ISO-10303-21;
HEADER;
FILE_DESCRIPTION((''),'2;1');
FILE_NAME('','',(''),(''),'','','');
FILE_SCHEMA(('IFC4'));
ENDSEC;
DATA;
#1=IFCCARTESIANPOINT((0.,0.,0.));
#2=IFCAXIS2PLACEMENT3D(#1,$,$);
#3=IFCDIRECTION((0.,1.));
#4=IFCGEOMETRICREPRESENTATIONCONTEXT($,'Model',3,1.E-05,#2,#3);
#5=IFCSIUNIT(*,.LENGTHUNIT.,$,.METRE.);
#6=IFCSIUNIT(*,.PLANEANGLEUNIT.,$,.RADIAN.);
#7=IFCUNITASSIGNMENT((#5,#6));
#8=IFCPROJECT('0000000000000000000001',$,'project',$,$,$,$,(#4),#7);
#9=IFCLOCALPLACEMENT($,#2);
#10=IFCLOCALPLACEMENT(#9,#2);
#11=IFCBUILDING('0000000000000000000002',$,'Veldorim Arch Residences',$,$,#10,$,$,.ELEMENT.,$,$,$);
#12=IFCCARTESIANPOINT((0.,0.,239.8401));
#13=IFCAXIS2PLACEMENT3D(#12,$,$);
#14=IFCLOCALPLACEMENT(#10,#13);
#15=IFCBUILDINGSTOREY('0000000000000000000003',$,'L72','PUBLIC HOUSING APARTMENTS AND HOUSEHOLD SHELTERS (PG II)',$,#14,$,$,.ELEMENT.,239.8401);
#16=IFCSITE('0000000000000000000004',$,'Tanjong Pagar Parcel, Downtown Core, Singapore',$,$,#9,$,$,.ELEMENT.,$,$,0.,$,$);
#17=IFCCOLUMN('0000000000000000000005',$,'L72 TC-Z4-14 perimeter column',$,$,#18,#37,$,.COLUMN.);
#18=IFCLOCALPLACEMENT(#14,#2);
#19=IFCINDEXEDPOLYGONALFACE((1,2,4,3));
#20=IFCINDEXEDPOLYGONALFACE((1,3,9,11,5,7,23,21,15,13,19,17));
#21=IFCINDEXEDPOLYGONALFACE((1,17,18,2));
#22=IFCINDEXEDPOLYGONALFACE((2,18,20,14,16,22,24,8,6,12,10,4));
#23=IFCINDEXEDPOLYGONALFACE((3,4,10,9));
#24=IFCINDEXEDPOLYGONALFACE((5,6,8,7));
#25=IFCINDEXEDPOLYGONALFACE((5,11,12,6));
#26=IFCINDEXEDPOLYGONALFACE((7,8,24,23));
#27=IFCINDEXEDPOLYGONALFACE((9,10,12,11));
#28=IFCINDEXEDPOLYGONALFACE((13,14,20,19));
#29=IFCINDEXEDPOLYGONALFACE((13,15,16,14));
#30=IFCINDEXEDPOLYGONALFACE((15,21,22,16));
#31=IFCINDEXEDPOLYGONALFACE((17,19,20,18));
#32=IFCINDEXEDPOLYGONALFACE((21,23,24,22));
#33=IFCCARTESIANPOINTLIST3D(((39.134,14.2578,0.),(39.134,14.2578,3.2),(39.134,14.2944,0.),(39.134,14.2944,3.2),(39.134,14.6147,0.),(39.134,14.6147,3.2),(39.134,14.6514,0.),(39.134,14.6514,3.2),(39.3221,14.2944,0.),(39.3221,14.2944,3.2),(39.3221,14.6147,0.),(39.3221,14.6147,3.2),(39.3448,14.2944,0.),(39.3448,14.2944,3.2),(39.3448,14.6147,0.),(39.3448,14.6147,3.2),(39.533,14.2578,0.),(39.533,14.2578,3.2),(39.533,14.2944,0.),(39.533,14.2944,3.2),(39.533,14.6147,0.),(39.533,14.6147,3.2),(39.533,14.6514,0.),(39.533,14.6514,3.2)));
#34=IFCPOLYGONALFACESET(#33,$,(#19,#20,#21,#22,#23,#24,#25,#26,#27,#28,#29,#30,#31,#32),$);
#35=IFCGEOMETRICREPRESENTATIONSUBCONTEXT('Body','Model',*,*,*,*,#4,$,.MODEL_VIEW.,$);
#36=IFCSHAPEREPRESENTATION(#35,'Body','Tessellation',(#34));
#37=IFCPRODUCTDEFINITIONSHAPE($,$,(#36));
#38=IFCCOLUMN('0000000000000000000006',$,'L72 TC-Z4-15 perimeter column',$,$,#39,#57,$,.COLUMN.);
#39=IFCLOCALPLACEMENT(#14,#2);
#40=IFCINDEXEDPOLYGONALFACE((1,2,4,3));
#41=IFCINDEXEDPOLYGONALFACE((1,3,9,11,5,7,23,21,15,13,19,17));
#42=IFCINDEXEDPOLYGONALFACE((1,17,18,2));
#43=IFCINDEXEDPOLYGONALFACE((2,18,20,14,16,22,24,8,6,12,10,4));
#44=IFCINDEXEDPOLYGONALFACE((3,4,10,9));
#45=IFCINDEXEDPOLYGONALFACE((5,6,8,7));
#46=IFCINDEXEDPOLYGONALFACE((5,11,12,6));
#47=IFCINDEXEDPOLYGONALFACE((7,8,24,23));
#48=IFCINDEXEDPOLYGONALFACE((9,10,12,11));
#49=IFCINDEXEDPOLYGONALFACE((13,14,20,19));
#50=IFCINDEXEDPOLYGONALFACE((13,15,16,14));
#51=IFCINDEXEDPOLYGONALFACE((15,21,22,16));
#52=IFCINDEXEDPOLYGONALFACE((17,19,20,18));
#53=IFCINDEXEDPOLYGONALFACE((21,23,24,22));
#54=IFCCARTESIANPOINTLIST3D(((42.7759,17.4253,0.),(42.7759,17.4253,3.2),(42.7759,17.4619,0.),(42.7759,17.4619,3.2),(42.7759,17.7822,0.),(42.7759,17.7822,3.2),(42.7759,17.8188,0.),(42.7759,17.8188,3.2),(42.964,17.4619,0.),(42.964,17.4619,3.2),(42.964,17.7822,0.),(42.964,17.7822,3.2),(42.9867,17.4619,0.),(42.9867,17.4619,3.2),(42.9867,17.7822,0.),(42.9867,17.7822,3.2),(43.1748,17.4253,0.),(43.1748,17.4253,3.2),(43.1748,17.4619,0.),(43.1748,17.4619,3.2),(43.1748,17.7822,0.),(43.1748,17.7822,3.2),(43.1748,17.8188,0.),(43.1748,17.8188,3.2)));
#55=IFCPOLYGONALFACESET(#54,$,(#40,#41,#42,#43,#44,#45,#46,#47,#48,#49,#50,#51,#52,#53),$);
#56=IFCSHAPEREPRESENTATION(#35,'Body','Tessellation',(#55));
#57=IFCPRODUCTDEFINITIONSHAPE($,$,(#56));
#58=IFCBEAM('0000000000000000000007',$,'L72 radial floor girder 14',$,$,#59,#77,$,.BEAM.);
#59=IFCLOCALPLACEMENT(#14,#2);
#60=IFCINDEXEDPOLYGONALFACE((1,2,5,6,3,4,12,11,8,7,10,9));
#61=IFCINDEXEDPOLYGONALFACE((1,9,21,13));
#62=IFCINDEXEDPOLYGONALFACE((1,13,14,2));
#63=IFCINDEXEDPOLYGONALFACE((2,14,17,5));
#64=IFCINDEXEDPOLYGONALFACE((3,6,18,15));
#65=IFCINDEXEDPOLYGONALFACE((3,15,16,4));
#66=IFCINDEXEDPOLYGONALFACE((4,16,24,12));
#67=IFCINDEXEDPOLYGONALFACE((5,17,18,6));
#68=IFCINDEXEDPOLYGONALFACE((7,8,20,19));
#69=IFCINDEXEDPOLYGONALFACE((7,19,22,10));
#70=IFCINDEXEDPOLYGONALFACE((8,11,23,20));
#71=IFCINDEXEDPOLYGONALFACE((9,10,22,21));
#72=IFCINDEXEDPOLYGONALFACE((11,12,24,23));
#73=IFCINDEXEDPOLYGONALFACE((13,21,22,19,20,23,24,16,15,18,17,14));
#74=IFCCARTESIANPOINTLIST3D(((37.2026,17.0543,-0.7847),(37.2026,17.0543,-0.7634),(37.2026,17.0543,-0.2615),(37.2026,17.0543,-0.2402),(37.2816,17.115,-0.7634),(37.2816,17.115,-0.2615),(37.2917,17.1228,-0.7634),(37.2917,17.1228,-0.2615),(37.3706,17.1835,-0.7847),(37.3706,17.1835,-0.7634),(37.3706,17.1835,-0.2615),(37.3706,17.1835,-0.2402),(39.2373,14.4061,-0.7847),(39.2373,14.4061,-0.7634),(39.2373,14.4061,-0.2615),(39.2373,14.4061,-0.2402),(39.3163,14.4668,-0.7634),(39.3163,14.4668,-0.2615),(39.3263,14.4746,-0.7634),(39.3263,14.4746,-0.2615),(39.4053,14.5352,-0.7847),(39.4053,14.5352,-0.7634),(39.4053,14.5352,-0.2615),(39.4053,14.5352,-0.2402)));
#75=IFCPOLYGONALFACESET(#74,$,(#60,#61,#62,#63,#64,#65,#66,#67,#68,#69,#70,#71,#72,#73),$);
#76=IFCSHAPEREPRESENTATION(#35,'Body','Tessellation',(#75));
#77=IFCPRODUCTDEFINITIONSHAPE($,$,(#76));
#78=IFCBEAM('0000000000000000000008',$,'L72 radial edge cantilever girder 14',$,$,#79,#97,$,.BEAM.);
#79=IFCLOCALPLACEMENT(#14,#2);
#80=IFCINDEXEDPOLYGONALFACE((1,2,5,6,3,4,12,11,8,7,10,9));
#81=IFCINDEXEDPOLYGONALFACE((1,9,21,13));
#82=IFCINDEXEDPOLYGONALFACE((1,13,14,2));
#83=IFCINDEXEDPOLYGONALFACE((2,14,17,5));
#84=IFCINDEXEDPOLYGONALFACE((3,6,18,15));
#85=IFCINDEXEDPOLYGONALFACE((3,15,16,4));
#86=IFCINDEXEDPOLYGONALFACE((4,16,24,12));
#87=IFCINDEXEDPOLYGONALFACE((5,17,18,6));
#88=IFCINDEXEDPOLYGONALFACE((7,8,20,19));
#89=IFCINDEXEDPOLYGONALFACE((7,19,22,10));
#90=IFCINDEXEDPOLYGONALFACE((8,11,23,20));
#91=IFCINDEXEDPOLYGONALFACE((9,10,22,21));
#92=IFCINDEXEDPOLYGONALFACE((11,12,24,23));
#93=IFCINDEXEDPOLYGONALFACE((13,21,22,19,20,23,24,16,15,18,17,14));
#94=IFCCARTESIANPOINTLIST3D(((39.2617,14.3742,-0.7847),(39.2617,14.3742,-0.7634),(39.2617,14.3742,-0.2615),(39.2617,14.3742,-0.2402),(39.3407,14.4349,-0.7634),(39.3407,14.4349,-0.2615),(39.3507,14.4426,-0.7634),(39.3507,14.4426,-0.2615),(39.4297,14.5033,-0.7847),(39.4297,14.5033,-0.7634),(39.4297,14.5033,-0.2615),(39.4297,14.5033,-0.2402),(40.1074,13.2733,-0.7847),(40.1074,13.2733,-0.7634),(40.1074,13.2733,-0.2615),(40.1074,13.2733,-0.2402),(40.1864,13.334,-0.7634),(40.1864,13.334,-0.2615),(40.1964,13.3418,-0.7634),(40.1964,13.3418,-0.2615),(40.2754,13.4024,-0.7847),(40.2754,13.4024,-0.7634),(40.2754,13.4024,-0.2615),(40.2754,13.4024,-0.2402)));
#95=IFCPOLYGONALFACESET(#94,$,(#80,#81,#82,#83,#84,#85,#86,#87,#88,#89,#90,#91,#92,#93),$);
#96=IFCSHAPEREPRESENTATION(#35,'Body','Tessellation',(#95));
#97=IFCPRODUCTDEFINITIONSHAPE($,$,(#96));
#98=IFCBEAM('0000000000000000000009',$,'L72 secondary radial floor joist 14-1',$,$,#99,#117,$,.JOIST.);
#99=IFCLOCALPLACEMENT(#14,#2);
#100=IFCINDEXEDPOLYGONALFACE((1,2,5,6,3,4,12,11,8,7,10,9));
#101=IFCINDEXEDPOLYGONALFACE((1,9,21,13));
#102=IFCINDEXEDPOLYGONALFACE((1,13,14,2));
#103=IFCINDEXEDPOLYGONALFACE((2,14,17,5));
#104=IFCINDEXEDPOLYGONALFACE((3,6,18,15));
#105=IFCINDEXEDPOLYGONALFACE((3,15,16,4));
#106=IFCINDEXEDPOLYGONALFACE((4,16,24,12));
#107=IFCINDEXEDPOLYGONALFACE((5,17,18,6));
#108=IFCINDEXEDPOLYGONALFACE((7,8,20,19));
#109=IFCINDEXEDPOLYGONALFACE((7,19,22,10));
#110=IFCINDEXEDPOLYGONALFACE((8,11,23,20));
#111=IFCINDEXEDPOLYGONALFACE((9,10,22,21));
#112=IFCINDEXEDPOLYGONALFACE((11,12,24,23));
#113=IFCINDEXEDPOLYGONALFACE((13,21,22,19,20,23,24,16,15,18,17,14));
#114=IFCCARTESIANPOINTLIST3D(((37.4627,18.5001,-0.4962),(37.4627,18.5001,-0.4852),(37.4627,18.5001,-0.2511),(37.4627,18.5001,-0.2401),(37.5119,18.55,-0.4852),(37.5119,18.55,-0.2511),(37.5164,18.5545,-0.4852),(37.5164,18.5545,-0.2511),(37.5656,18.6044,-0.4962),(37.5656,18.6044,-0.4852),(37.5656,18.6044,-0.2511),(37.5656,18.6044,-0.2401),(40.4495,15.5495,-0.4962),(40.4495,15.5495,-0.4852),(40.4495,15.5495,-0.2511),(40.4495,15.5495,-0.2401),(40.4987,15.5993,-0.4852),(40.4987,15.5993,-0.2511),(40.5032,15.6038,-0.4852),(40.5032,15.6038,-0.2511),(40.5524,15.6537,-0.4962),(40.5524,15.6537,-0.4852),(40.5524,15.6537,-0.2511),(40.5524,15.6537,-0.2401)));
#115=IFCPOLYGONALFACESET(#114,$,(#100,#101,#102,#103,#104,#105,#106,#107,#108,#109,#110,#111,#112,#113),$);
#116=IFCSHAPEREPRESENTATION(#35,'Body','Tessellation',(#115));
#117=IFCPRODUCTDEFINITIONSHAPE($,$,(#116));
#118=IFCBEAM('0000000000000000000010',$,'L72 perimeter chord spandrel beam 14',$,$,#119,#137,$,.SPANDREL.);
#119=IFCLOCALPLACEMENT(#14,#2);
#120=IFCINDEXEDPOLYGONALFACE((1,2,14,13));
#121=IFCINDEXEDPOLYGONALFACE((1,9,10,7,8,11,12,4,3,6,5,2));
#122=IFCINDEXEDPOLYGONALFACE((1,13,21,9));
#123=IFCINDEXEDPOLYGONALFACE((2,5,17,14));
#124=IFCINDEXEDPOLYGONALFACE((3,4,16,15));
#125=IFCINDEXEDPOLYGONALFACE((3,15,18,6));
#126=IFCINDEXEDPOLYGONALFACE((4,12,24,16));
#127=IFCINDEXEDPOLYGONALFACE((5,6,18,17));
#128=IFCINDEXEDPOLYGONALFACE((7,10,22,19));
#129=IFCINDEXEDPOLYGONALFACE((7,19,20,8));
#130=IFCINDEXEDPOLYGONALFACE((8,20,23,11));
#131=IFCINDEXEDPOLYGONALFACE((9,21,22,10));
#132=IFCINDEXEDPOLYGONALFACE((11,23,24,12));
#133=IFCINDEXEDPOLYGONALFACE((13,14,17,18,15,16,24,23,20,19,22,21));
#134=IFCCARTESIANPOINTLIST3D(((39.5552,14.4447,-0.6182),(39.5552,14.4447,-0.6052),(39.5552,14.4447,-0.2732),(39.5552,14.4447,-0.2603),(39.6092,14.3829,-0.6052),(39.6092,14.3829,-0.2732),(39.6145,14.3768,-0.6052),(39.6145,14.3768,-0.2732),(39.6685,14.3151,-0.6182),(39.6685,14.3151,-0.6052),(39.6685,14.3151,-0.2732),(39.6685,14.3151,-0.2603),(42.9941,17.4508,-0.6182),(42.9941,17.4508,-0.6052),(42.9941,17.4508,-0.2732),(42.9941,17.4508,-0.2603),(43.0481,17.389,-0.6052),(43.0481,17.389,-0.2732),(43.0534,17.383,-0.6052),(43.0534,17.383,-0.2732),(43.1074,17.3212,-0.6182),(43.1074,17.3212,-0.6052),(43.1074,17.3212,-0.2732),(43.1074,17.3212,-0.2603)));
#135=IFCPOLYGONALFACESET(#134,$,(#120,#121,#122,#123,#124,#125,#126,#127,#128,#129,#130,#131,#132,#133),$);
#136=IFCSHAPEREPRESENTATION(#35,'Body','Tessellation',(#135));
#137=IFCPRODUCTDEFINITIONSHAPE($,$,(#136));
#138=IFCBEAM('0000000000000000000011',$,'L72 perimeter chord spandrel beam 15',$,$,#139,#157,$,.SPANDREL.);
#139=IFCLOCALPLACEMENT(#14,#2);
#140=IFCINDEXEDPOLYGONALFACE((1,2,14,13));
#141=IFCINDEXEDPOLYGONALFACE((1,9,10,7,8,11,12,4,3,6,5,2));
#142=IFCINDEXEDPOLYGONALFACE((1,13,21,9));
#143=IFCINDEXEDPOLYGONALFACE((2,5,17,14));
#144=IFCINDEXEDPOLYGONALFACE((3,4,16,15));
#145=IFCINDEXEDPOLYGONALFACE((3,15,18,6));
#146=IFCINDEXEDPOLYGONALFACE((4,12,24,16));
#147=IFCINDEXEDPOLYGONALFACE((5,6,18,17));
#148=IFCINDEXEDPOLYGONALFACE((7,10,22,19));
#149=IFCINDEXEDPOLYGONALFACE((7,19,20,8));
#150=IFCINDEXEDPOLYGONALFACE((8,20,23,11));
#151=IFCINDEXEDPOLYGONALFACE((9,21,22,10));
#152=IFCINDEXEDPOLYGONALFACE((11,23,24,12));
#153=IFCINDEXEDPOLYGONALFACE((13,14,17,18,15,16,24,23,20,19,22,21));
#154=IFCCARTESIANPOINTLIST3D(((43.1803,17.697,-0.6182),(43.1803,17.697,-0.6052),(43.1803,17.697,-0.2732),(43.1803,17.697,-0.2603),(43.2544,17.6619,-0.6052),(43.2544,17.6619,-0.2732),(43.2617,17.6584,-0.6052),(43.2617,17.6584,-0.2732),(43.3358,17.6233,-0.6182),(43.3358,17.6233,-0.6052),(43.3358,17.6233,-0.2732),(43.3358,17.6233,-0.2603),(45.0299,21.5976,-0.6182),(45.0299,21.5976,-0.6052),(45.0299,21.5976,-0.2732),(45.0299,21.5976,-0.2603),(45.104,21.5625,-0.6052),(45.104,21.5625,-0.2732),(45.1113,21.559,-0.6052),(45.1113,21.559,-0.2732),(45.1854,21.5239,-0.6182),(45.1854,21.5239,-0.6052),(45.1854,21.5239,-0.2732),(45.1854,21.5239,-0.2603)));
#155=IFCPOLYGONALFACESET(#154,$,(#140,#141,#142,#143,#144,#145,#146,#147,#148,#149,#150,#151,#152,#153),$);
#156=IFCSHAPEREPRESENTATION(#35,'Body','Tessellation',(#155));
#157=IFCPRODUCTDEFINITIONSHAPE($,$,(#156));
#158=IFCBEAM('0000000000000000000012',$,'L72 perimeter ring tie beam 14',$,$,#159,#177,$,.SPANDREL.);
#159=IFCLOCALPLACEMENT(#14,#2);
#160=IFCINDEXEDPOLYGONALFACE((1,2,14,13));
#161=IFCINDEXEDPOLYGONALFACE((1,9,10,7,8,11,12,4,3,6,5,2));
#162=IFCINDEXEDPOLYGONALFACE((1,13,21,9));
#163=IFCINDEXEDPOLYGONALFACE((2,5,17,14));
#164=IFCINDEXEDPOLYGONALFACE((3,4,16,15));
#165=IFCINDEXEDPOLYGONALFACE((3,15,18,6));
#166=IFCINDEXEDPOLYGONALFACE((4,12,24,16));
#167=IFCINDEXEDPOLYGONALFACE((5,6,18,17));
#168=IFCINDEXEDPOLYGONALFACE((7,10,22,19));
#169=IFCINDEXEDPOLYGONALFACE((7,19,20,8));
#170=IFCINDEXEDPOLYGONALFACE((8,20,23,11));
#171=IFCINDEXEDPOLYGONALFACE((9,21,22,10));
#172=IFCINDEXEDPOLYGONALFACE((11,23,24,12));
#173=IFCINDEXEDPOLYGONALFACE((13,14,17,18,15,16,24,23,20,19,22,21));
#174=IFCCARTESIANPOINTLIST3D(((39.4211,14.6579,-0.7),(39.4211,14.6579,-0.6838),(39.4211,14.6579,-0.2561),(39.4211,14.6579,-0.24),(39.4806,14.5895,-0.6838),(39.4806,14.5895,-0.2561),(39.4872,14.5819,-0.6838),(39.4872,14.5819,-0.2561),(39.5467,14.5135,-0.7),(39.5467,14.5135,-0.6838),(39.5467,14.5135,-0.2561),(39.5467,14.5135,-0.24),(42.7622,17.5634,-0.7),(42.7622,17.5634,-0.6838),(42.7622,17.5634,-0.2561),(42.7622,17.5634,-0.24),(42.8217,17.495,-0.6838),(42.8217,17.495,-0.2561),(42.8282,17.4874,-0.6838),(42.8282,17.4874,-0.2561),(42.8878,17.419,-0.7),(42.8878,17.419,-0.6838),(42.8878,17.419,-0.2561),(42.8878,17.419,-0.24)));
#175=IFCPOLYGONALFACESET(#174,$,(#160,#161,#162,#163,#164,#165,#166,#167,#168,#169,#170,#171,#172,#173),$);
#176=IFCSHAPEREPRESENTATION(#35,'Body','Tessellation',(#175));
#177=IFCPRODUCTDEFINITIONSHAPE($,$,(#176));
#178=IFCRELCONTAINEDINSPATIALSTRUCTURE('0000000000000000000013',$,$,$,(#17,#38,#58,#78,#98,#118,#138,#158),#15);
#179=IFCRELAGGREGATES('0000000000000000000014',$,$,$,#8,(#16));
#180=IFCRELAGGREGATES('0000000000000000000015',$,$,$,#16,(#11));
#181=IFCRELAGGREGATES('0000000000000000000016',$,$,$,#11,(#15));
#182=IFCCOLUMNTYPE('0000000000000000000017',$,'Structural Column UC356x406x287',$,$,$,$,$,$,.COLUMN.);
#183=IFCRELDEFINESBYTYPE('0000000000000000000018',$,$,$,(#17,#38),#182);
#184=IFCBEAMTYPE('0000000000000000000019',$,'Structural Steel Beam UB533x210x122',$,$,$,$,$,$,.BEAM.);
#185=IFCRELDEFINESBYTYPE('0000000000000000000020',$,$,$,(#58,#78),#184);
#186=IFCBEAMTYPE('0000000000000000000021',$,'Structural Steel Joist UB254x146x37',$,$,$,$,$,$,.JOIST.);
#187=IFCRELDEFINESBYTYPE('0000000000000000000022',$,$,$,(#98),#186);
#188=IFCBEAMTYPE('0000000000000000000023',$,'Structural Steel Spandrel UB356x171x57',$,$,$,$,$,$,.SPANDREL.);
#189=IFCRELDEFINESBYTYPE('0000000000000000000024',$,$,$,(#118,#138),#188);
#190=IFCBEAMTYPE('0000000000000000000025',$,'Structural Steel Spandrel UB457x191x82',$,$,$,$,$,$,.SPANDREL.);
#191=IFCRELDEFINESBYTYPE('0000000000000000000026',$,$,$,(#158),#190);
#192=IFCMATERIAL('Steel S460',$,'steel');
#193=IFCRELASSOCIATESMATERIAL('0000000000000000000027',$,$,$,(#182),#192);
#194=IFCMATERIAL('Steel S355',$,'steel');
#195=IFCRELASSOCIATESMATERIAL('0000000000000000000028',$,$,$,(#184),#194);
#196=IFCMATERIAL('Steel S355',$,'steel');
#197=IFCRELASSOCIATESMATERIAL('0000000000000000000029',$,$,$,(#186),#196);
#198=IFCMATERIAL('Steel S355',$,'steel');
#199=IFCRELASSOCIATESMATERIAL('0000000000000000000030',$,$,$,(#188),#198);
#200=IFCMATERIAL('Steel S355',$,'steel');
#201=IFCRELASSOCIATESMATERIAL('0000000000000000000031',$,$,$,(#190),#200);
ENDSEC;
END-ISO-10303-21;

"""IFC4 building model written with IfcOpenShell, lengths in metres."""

from ifc_helpers import new_model, si_unit, direction, frame, origin, origin_2d, place, context, subcontext, project, spatial, i_section, extrude, material, material_profile, profile_set, type_object, element, save


model = new_model("IFC4")

# Units and contexts
model_context = context("Model", 3, precision=1e-05, world=origin(), true_north=direction((0.0, 1.0)))
body_context = subcontext(model_context, "Body", "Model", "MODEL_VIEW")
ifc_project = project(units=[si_unit("LENGTHUNIT", "METRE"), si_unit("PLANEANGLEUNIT", "RADIAN")], contexts=[model_context])

# Site, building, storey
site_placement = place(None, origin())
site = spatial("IfcSite", under=ifc_project, at=site_placement, Name="Tanjong Pagar Parcel, Downtown Core, Singapore", CompositionType="ELEMENT", RefElevation=0.0)
building_placement = place(site_placement, origin())
building = spatial("IfcBuilding", under=site, at=building_placement, Name="Veldorim Arch Residences", CompositionType="ELEMENT")
storey_placement = place(building_placement, frame((0.0, 0.0, 239.8401)))
storey = spatial("IfcBuildingStorey", under=building, at=storey_placement, Name="L72", Description="PUBLIC HOUSING APARTMENTS AND HOUSEHOLD SHELTERS (PG II)", CompositionType="ELEMENT", Elevation=239.8401)

# Columns
ifc_material_1 = material(Name="Steel S460", Category="steel")
ifc_material_profile_1 = material_profile(ifc_material_1, i_section(OverallWidth=0.3989, OverallDepth=0.3936, WebThickness=0.0227, FlangeThickness=0.0366, at=origin_2d()), Name="UC356x406x287")
ifc_profile_set_1 = profile_set([ifc_material_profile_1], Name="Steel S460")
column_type = type_object("IfcColumnType", Name="Structural Column UC356x406x287", PredefinedType="COLUMN", material=ifc_profile_set_1)
for number, where, z_axis, x_axis, name in (
    (1, (39.3335, 14.4546, 0.0), (0.0, 0.0, 1.0), (1.0, 0.0, 0.0), "L72 TC-Z4-14 perimeter column"),
    (2, (42.9753, 17.6221, 0.0), (0.0, 0.0, 1.0), (1.0, 0.0, 0.0), "L72 TC-Z4-15 perimeter column"),
):
    element("IfcColumn", number, at=place(storey_placement, frame(where, z_axis=z_axis, x_axis=x_axis)), inside=storey, type_object=column_type, Name=name, PredefinedType="COLUMN", context=body_context, shape_type="SweptSolid", body=[
        extrude(i_section(OverallWidth=0.3989, OverallDepth=0.3936, WebThickness=0.0227, FlangeThickness=0.0366, at=origin_2d()), origin(), (0.0, 0.0, 1.0), 3.2),
    ])

# Beams
ifc_material_2 = material(Name="Steel S355", Category="steel")
ifc_material_profile_2 = material_profile(ifc_material_2, i_section(OverallWidth=0.2119, OverallDepth=0.5444, WebThickness=0.0127, FlangeThickness=0.0212, at=origin_2d()), Name="UB533x210x122")
ifc_profile_set_2 = profile_set([ifc_material_profile_2], Name="Steel S355")
beam_type_1 = type_object("IfcBeamType", Name="Structural Steel Beam UB533x210x122", PredefinedType="BEAM", material=ifc_profile_set_2)
beam_1_placement = place(storey_placement, frame((37.2866, 17.1189, -0.5125), z_axis=(0.609258, -0.792972, 0.0), x_axis=(0.792972, 0.609258, 0.0)))
element("IfcBeam", 3, at=beam_1_placement, inside=storey, type_object=beam_type_1, Name="L72 radial floor girder 14", PredefinedType="BEAM", context=body_context, shape_type="SweptSolid", body=[
    extrude(i_section(OverallWidth=0.2119, OverallDepth=0.5444, WebThickness=0.0127, FlangeThickness=0.0212, at=origin_2d()), origin(), (0.0, 0.0, 1.0), 3.3396),
])
beam_2_placement = place(storey_placement, frame((39.3457, 14.4387, -0.5125), z_axis=(0.609218, -0.793003, 0.0), x_axis=(0.793003, 0.609218, 0.0)))
element("IfcBeam", 4, at=beam_2_placement, inside=storey, type_object=beam_type_1, Name="L72 radial edge cantilever girder 14", PredefinedType="BEAM", context=body_context, shape_type="SweptSolid", body=[
    extrude(i_section(OverallWidth=0.2119, OverallDepth=0.5444, WebThickness=0.0127, FlangeThickness=0.0212, at=origin_2d()), origin(), (0.0, 0.0, 1.0), 1.3882),
])
ifc_material_3 = material(Name="Steel S355", Category="steel")
ifc_material_profile_3 = material_profile(ifc_material_3, i_section(OverallWidth=0.1465, OverallDepth=0.2561, WebThickness=0.0063, FlangeThickness=0.011, at=origin_2d()), Name="UB254x146x37")
ifc_profile_set_3 = profile_set([ifc_material_profile_3], Name="Steel S355")
beam_type_2 = type_object("IfcBeamType", Name="Structural Steel Joist UB254x146x37", PredefinedType="JOIST", material=ifc_profile_set_3)
beam_3_placement = place(storey_placement, frame((37.5142, 18.5522, -0.3682), z_axis=(0.711397, -0.702791, 0.0), x_axis=(0.702791, 0.711397, 0.0)))
element("IfcBeam", 5, at=beam_3_placement, inside=storey, type_object=beam_type_2, Name="L72 secondary radial floor joist 14-1", PredefinedType="JOIST", context=body_context, shape_type="SweptSolid", body=[
    extrude(i_section(OverallWidth=0.1465, OverallDepth=0.2561, WebThickness=0.0063, FlangeThickness=0.011, at=origin_2d()), origin(), (0.0, 0.0, 1.0), 4.1985),
])
ifc_material_4 = material(Name="Steel S355", Category="steel")
ifc_material_profile_4 = material_profile(ifc_material_4, i_section(OverallWidth=0.1721, OverallDepth=0.3579, WebThickness=0.0081, FlangeThickness=0.0129, at=origin_2d()), Name="UB356x171x57")
ifc_profile_set_4 = profile_set([ifc_material_profile_4], Name="Steel S355")
beam_type_3 = type_object("IfcBeamType", Name="Structural Steel Spandrel UB356x171x57", PredefinedType="SPANDREL", material=ifc_profile_set_4)
beam_4_placement = place(storey_placement, frame((39.6118, 14.3799, -0.4392), z_axis=(0.752901, 0.658134, 0.0), x_axis=(-0.658134, 0.752901, 0.0)))
element("IfcBeam", 6, at=beam_4_placement, inside=storey, type_object=beam_type_3, Name="L72 perimeter chord spandrel beam 14", PredefinedType="SPANDREL", context=body_context, shape_type="SweptSolid", body=[
    extrude(i_section(OverallWidth=0.1721, OverallDepth=0.3579, WebThickness=0.0081, FlangeThickness=0.0129, at=origin_2d()), origin(), (0.0, 0.0, 1.0), 4.5676),
])
beam_5_placement = place(storey_placement, frame((43.2581, 17.6602, -0.4392), z_axis=(0.428453, 0.903564, 0.0), x_axis=(-0.903564, 0.428453, 0.0)))
element("IfcBeam", 7, at=beam_5_placement, inside=storey, type_object=beam_type_3, Name="L72 perimeter chord spandrel beam 15", PredefinedType="SPANDREL", context=body_context, shape_type="SweptSolid", body=[
    extrude(i_section(OverallWidth=0.1721, OverallDepth=0.3579, WebThickness=0.0081, FlangeThickness=0.0129, at=origin_2d()), origin(), (0.0, 0.0, 1.0), 4.3169),
])
ifc_material_5 = material(Name="Steel S355", Category="steel")
ifc_material_profile_5 = material_profile(ifc_material_5, i_section(OverallWidth=0.1914, OverallDepth=0.46, WebThickness=0.01, FlangeThickness=0.0161, at=origin_2d()), Name="UB457x191x82")
ifc_profile_set_5 = profile_set([ifc_material_profile_5], Name="Steel S355")
beam_type_4 = type_object("IfcBeamType", Name="Structural Steel Spandrel UB457x191x82", PredefinedType="SPANDREL", material=ifc_profile_set_5)
beam_6_placement = place(storey_placement, frame((39.4839, 14.5857, -0.47), z_axis=(0.754578, 0.65621, 0.0), x_axis=(-0.65621, 0.754578, 0.0)))
element("IfcBeam", 8, at=beam_6_placement, inside=storey, type_object=beam_type_4, Name="L72 perimeter ring tie beam 14", PredefinedType="SPANDREL", context=body_context, shape_type="SweptSolid", body=[
    extrude(i_section(OverallWidth=0.1914, OverallDepth=0.46, WebThickness=0.01, FlangeThickness=0.0161, at=origin_2d()), origin(), (0.0, 0.0, 1.0), 4.4277),
])

save(model, "model.ifc")
